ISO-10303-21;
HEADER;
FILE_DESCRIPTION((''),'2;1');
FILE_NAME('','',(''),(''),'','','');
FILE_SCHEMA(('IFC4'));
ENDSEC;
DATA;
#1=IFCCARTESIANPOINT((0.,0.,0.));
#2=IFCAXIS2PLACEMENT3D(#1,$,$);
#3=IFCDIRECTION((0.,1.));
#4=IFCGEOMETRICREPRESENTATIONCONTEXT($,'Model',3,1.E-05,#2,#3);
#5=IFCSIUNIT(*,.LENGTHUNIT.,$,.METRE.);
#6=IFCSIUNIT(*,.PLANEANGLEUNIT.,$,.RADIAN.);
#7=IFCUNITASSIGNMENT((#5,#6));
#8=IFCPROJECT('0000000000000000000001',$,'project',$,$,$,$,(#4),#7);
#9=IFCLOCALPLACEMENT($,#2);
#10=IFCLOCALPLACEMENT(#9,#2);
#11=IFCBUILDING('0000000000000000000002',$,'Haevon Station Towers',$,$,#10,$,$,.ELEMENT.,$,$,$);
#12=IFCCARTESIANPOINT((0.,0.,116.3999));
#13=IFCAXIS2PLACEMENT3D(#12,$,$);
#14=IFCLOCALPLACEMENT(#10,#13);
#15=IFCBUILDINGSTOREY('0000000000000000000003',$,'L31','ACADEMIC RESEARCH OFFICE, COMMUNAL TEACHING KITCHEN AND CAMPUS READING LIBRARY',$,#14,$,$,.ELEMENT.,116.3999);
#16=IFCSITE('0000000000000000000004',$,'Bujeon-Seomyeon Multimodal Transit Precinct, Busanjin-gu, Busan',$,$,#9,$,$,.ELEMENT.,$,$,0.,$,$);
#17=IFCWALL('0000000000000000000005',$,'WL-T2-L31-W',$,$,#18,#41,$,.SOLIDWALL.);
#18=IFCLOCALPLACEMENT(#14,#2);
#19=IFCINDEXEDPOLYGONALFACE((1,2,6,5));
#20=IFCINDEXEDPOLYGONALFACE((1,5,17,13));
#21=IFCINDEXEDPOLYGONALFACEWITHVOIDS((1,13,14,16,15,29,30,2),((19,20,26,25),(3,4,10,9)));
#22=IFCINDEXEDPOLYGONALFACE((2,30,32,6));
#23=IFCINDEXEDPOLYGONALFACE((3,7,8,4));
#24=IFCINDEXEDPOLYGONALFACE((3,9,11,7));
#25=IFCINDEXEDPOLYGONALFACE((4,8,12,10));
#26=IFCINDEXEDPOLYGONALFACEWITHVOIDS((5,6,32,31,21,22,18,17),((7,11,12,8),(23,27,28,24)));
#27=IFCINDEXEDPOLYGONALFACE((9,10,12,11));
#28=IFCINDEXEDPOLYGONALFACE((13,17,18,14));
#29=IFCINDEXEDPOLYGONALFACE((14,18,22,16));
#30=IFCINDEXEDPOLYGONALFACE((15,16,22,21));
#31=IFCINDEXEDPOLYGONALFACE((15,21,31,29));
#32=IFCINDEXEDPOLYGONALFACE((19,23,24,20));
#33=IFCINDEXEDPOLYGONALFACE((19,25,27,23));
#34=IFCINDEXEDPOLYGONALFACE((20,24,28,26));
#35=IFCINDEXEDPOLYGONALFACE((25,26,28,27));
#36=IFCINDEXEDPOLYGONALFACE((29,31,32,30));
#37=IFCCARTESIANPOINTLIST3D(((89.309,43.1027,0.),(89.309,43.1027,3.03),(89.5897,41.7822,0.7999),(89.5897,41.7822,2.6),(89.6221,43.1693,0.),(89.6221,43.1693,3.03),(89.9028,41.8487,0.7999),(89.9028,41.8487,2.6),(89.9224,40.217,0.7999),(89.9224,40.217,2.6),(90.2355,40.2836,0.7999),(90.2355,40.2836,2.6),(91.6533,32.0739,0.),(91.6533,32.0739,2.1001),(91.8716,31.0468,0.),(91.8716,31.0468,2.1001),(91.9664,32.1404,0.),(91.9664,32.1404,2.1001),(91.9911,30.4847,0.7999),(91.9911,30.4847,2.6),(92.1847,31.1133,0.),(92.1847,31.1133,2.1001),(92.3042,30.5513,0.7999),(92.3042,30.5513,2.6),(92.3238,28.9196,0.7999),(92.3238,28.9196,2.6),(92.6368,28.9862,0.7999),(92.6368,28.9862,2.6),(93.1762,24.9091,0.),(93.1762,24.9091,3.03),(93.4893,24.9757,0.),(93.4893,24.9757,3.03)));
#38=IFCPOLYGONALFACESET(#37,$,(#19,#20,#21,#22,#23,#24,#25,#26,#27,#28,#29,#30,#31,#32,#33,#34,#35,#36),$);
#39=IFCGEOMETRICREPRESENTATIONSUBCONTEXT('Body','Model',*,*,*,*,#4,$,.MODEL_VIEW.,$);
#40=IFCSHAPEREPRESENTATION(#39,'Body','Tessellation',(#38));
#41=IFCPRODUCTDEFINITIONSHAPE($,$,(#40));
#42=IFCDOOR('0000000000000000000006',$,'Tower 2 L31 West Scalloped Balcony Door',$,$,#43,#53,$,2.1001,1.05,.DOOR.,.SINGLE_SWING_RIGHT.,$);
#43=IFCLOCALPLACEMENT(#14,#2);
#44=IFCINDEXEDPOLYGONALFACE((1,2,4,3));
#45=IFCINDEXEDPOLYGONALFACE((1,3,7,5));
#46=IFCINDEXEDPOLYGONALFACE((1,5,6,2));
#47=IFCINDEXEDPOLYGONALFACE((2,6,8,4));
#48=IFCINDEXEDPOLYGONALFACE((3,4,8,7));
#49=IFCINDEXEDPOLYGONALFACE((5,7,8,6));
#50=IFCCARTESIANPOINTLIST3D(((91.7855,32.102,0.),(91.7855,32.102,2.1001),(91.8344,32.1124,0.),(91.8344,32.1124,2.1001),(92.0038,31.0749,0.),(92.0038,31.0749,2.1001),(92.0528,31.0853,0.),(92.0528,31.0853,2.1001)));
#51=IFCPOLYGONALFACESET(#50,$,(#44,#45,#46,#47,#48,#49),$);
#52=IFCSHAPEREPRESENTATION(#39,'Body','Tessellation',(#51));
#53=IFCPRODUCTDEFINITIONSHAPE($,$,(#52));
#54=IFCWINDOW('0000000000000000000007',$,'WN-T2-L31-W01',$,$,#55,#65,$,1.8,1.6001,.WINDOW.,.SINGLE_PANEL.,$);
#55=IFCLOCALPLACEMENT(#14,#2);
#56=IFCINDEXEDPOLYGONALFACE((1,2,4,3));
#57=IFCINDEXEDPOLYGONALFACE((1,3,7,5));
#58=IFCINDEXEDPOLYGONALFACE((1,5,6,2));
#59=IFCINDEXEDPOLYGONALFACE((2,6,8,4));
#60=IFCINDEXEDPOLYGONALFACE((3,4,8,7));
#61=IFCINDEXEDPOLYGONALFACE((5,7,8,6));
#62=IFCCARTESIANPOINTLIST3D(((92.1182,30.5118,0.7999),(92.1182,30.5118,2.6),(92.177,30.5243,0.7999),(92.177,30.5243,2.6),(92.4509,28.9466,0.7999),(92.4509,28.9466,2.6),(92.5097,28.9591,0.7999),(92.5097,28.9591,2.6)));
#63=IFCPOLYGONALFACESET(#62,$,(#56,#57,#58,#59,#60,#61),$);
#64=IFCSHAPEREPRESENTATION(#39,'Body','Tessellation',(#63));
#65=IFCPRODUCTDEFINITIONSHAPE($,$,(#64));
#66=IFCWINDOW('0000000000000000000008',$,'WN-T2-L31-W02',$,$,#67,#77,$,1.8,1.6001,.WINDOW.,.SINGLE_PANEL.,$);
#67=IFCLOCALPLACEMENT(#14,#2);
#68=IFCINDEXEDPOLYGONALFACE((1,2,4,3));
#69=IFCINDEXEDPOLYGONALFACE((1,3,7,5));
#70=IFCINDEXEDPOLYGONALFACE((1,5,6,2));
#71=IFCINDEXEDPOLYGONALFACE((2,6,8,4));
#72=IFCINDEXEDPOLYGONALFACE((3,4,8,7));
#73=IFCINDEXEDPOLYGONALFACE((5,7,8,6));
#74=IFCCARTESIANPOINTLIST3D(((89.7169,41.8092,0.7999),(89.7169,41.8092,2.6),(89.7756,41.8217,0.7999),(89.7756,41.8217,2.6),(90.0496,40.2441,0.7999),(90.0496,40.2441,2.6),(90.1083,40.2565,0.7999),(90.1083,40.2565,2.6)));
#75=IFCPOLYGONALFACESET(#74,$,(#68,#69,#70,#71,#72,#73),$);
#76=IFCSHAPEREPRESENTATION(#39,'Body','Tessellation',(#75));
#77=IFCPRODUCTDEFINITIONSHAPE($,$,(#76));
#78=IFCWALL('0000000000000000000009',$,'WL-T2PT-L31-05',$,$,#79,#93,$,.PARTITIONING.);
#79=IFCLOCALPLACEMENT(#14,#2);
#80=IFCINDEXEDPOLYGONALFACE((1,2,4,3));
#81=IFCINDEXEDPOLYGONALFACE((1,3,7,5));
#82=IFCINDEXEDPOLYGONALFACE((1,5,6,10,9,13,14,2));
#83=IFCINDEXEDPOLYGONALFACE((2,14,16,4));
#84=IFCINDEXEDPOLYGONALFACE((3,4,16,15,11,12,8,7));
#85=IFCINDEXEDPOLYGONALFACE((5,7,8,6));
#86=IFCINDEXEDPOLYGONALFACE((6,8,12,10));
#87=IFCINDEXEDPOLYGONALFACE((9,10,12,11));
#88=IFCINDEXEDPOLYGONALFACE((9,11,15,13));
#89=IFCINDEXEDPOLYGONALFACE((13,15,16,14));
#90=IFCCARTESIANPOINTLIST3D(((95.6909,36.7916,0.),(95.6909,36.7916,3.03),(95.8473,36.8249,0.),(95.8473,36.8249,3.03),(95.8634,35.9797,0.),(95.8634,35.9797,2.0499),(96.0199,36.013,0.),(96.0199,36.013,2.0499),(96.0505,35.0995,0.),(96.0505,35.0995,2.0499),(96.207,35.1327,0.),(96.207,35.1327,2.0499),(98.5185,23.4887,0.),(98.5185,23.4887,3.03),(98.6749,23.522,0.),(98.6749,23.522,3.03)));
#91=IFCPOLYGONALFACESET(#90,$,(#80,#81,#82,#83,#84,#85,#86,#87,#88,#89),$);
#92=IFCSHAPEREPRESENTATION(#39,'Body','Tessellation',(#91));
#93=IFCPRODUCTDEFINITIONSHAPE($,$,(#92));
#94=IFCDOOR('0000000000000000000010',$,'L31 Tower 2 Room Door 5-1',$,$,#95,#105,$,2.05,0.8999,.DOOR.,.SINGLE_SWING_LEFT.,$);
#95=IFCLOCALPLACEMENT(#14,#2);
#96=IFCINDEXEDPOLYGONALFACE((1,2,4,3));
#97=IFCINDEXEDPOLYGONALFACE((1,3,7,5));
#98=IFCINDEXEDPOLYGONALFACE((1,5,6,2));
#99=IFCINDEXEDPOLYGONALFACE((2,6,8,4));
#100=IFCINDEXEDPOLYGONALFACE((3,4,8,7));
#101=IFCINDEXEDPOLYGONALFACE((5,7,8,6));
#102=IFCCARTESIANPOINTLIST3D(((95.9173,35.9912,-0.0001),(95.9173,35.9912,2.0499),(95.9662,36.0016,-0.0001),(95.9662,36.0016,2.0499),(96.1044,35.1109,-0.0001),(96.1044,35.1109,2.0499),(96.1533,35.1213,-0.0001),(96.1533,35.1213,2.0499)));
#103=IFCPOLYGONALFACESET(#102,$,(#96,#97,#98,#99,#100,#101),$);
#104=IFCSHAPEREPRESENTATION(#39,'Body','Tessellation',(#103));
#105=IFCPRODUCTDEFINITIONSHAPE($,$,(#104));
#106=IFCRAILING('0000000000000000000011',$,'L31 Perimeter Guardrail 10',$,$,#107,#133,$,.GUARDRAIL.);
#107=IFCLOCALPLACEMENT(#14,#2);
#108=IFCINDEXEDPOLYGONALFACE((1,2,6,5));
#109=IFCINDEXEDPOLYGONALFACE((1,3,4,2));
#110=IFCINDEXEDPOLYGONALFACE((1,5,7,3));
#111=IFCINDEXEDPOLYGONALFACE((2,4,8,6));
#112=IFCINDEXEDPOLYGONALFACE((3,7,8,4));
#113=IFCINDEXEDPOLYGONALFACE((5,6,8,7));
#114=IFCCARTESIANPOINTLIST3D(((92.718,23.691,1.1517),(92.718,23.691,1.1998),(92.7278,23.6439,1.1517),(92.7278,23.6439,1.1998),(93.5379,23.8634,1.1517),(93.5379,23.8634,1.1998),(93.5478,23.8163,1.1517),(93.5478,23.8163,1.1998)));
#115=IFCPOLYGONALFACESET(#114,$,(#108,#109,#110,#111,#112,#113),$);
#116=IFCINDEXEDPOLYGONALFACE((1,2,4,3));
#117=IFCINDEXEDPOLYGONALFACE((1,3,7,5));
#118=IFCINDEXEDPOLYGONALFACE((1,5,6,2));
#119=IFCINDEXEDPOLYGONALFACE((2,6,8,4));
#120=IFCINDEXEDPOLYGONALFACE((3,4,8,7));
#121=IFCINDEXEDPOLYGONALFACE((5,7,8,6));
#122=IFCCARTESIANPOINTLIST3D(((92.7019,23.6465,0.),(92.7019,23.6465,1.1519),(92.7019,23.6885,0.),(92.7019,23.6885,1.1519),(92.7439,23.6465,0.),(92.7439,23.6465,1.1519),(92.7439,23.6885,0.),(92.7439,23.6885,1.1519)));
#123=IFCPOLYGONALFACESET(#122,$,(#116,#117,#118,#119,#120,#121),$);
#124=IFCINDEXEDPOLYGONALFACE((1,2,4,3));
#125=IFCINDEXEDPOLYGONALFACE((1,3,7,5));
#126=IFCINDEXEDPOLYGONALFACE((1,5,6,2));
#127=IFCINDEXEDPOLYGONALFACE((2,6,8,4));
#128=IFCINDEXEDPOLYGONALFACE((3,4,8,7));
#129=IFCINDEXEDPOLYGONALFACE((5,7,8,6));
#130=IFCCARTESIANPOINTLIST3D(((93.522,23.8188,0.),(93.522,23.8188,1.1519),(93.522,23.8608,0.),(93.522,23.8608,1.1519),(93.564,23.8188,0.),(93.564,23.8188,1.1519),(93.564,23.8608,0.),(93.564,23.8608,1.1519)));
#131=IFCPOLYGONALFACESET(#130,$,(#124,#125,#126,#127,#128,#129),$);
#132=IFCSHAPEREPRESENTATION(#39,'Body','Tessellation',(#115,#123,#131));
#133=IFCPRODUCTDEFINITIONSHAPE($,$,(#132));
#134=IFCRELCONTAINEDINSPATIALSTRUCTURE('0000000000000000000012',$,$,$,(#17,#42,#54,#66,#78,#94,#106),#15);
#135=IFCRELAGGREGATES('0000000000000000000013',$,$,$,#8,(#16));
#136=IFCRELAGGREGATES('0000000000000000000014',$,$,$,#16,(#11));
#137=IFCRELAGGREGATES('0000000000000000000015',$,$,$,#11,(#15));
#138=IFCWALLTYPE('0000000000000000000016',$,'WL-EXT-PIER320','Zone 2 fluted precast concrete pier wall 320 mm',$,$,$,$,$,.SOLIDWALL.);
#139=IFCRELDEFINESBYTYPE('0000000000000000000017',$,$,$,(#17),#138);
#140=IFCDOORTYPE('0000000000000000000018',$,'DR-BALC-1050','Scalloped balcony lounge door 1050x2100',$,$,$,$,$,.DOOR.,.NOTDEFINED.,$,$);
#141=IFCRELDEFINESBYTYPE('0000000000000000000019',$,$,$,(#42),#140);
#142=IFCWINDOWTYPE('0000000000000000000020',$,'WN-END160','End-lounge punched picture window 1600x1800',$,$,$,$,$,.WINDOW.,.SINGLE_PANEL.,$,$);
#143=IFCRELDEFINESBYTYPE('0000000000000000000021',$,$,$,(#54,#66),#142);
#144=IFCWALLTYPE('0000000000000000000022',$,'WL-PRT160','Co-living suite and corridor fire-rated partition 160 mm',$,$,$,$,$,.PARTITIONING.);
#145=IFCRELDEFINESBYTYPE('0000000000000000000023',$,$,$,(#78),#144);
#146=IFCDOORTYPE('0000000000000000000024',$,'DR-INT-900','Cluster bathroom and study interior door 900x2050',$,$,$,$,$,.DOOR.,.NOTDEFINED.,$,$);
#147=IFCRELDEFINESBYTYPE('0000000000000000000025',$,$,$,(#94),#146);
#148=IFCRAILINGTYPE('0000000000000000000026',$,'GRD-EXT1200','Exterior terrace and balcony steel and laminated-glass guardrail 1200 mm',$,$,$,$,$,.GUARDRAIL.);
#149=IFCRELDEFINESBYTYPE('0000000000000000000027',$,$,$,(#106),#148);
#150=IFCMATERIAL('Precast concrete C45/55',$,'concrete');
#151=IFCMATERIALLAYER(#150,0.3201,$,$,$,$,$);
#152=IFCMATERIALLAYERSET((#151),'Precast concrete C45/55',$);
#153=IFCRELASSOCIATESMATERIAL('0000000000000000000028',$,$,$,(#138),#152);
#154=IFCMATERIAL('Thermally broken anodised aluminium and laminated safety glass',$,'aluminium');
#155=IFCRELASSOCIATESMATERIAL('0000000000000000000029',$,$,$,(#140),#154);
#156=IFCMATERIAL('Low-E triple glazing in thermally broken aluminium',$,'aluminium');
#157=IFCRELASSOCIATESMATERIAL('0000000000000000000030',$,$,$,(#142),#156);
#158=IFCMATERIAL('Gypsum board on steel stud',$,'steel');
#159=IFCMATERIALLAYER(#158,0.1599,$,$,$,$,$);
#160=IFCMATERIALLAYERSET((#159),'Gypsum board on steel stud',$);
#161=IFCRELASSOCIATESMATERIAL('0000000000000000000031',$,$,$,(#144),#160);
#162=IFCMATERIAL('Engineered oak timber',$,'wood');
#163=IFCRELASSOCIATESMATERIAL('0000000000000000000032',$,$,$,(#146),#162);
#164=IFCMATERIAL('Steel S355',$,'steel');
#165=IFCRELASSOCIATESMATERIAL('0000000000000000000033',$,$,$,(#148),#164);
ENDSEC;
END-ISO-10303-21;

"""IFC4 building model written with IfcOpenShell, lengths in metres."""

from ifc_helpers import new_model, si_unit, direction, frame, frame_2d, origin, origin_2d, place, context, subcontext, project, spatial, rectangle, extrude, material, layer, layer_set, type_object, element, fill, save


model = new_model("IFC4")

# Units and contexts
model_context = context("Model", 3, precision=1e-05, world=origin(), true_north=direction((0.0, 1.0)))
body_context = subcontext(model_context, "Body", "Model", "MODEL_VIEW")
ifc_project = project(units=[si_unit("LENGTHUNIT", "METRE"), si_unit("PLANEANGLEUNIT", "RADIAN")], contexts=[model_context])

# Site, building, storey
site_placement = place(None, origin())
site = spatial("IfcSite", under=ifc_project, at=site_placement, Name="Bujeon-Seomyeon Multimodal Transit Precinct, Busanjin-gu, Busan", CompositionType="ELEMENT", RefElevation=0.0)
building_placement = place(site_placement, origin())
building = spatial("IfcBuilding", under=site, at=building_placement, Name="Haevon Station Towers", CompositionType="ELEMENT")
storey_placement = place(building_placement, frame((0.0, 0.0, 116.3999)))
storey = spatial("IfcBuildingStorey", under=building, at=storey_placement, Name="L31", Description="ACADEMIC RESEARCH OFFICE, COMMUNAL TEACHING KITCHEN AND CAMPUS READING LIBRARY", CompositionType="ELEMENT", Elevation=116.3999)

# Shared definitions
ifc_material_1 = material(Name="Steel S355", Category="steel")

# Shared definitions
ifc_material_2 = material(Name="Precast concrete C45/55", Category="concrete")
ifc_layer_1 = layer(ifc_material_2, 0.3201)
ifc_layer_set_1 = layer_set([ifc_layer_1], Name="Precast concrete C45/55")
wall_type_1 = type_object("IfcWallType", Name="WL-EXT-PIER320", Description="Zone 2 fluted precast concrete pier wall 320 mm", PredefinedType="SOLIDWALL", material=ifc_layer_set_1)

# Wall, openings, door, windows
wall_1_placement = place(storey_placement, frame((93.3328, 24.9424, 0.0), z_axis=(0.0, 0.0, 1.0), x_axis=(-0.207913, 0.978147, 0.0)))
wall_1 = element("IfcWall", 1, at=wall_1_placement, inside=storey, type_object=wall_type_1, Name="WL-T2-L31-W", PredefinedType="SOLIDWALL", context=body_context, shape_type="SweptSolid", body=[
    extrude(rectangle(XDim=18.6001, YDim=0.3201, at=frame_2d((9.3, 0.0))), origin(), (0.0, 0.0, 1.0), 3.03),
])
opening_1_placement = place(wall_1_placement, frame((6.2749, 0.0, 0.0)))
opening_1 = element("IfcOpeningElement", 2, at=opening_1_placement, cuts=wall_1, PredefinedType="OPENING", context=body_context, shape_type="SweptSolid", body=[
    extrude(rectangle(XDim=1.05, YDim=2.1001, at=frame_2d((0.5249, 1.05))), frame((0.0, 0.1699, 0.0), z_axis=(0.0, -1.0, 0.0), x_axis=(1.0, 0.0, 0.0)), (0.0, 0.0, 1.0), 0.3401),
])
opening_2_placement = place(wall_1_placement, frame((4.1001, 0.0, 0.8)))
opening_2 = element("IfcOpeningElement", 3, at=opening_2_placement, cuts=wall_1, PredefinedType="OPENING", context=body_context, shape_type="SweptSolid", body=[
    extrude(rectangle(XDim=1.6001, YDim=1.8, at=frame_2d((0.8, 0.8999))), frame((0.0, 0.1699, 0.0), z_axis=(0.0, -1.0, 0.0), x_axis=(1.0, 0.0, 0.0)), (0.0, 0.0, 1.0), 0.3401),
])
opening_3_placement = place(wall_1_placement, frame((15.6499, 0.0, 0.8)))
opening_3 = element("IfcOpeningElement", 4, at=opening_3_placement, cuts=wall_1, PredefinedType="OPENING", context=body_context, shape_type="SweptSolid", body=[
    extrude(rectangle(XDim=1.6001, YDim=1.8, at=frame_2d((0.8, 0.8999))), frame((0.0, 0.1699, 0.0), z_axis=(0.0, -1.0, 0.0), x_axis=(1.0, 0.0, 0.0)), (0.0, 0.0, 1.0), 0.3401),
])
ifc_material_3 = material(Name="Thermally broken anodised aluminium and laminated safety glass", Category="aluminium")
door_type_1 = type_object("IfcDoorType", Name="DR-BALC-1050", Description="Scalloped balcony lounge door 1050x2100", OperationType="NOTDEFINED", PredefinedType="DOOR", material=ifc_material_3)
door_1_placement = place(opening_1_placement, origin())
door_1 = element("IfcDoor", 5, at=door_1_placement, inside=storey, type_object=door_type_1, Name="Tower 2 L31 West Scalloped Balcony Door", OperationType="SINGLE_SWING_RIGHT", OverallHeight=2.1001, OverallWidth=1.05, PredefinedType="DOOR", context=body_context, shape_type="SweptSolid", body=[
    extrude(rectangle(XDim=1.05, YDim=2.1001, at=frame_2d((0.5249, 1.05))), frame((0.0, 0.0249, 0.0), z_axis=(0.0, -1.0, 0.0), x_axis=(1.0, 0.0, 0.0)), (0.0, 0.0, 1.0), 0.05),
])
fill(opening_1, door_1)
ifc_material_4 = material(Name="Low-E triple glazing in thermally broken aluminium", Category="aluminium")
window_type = type_object("IfcWindowType", Name="WN-END160", Description="End-lounge punched picture window 1600x1800", PartitioningType="SINGLE_PANEL", PredefinedType="WINDOW", material=ifc_material_4)
window_1_placement = place(opening_2_placement, origin())
window_1 = element("IfcWindow", 6, at=window_1_placement, inside=storey, type_object=window_type, Name="WN-T2-L31-W01", OverallHeight=1.8, OverallWidth=1.6001, PartitioningType="SINGLE_PANEL", PredefinedType="WINDOW", context=body_context, shape_type="SweptSolid", body=[
    extrude(rectangle(XDim=1.6001, YDim=1.8, at=frame_2d((0.8, 0.8999))), frame((0.0, 0.03, 0.0), z_axis=(0.0, -1.0, 0.0), x_axis=(1.0, 0.0, 0.0)), (0.0, 0.0, 1.0), 0.0601),
])
fill(opening_2, window_1)
window_2_placement = place(opening_3_placement, origin())
window_2 = element("IfcWindow", 7, at=window_2_placement, inside=storey, type_object=window_type, Name="WN-T2-L31-W02", OverallHeight=1.8, OverallWidth=1.6001, PartitioningType="SINGLE_PANEL", PredefinedType="WINDOW", context=body_context, shape_type="SweptSolid", body=[
    extrude(rectangle(XDim=1.6001, YDim=1.8, at=frame_2d((0.8, 0.8999))), frame((0.0, 0.03, 0.0), z_axis=(0.0, -1.0, 0.0), x_axis=(1.0, 0.0, 0.0)), (0.0, 0.0, 1.0), 0.0601),
])
fill(opening_3, window_2)

# Wall, opening, door
ifc_material_5 = material(Name="Gypsum board on steel stud", Category="steel")
ifc_layer_2 = layer(ifc_material_5, 0.1599)
ifc_layer_set_2 = layer_set([ifc_layer_2], Name="Gypsum board on steel stud")
wall_type_2 = type_object("IfcWallType", Name="WL-PRT160", Description="Co-living suite and corridor fire-rated partition 160 mm", PredefinedType="PARTITIONING", material=ifc_layer_set_2)
wall_2_placement = place(storey_placement, frame((98.5967, 23.5054, 0.0), z_axis=(0.0, 0.0, 1.0), x_axis=(-0.207912, 0.978148, 0.0)))
wall_2 = element("IfcWall", 8, at=wall_2_placement, inside=storey, type_object=wall_type_2, Name="WL-T2PT-L31-05", PredefinedType="PARTITIONING", context=body_context, shape_type="SweptSolid", body=[
    extrude(rectangle(XDim=13.6001, YDim=0.1599, at=frame_2d((6.8, 0.0))), origin(), (0.0, 0.0, 1.0), 3.03),
])
opening_4_placement = place(wall_2_placement, frame((11.8701, 0.0, 0.0)))
opening_4 = element("IfcOpeningElement", 9, at=opening_4_placement, cuts=wall_2, PredefinedType="OPENING", context=body_context, shape_type="SweptSolid", body=[
    extrude(rectangle(XDim=0.8999, YDim=2.05, at=frame_2d((0.45, 1.0249))), frame((0.0, 0.0898, 0.0), z_axis=(0.0, -1.0, 0.0), x_axis=(1.0, 0.0, 0.0)), (0.0, 0.0, 1.0), 0.1799),
])
ifc_material_6 = material(Name="Engineered oak timber", Category="wood")
door_type_2 = type_object("IfcDoorType", Name="DR-INT-900", Description="Cluster bathroom and study interior door 900x2050", OperationType="NOTDEFINED", PredefinedType="DOOR", material=ifc_material_6)
door_2_placement = place(opening_4_placement, origin())
door_2 = element("IfcDoor", 10, at=door_2_placement, inside=storey, type_object=door_type_2, Name="L31 Tower 2 Room Door 5-1", OperationType="SINGLE_SWING_LEFT", OverallHeight=2.05, OverallWidth=0.8999, PredefinedType="DOOR", context=body_context, shape_type="SweptSolid", body=[
    extrude(rectangle(XDim=0.8999, YDim=2.05, at=frame_2d((0.45, 1.0249))), frame((0.0, 0.0249, 0.0), z_axis=(0.0, -1.0, 0.0), x_axis=(1.0, 0.0, 0.0)), (0.0, 0.0, 1.0), 0.05),
])
fill(opening_4, door_2)

# Railing
railing_type = type_object("IfcRailingType", Name="GRD-EXT1200", Description="Exterior terrace and balcony steel and laminated-glass guardrail 1200 mm", PredefinedType="GUARDRAIL", material=ifc_material_1)
railing_placement = place(storey_placement, frame((92.7229, 23.6675, 0.0)))
element("IfcRailing", 11, at=railing_placement, inside=storey, type_object=railing_type, Name="L31 Perimeter Guardrail 10", PredefinedType="GUARDRAIL", context=body_context, shape_type="SweptSolid", body=[
    extrude(rectangle(XDim=0.0481, YDim=0.0481, at=origin_2d()), frame((0.0, 0.0, 1.1758), z_axis=(0.978618, 0.205687, 0.0), x_axis=(-0.205687, 0.978618, 0.0)), (0.0, 0.0, 1.0), 0.8379),
    extrude(rectangle(XDim=0.042, YDim=0.042, at=origin_2d()), origin(), (0.0, 0.0, 1.0), 1.1519),
    extrude(rectangle(XDim=0.042, YDim=0.042, at=origin_2d()), frame((0.8201, 0.1724, 0.0)), (0.0, 0.0, 1.0), 1.1519),
])

save(model, "model.ifc")
